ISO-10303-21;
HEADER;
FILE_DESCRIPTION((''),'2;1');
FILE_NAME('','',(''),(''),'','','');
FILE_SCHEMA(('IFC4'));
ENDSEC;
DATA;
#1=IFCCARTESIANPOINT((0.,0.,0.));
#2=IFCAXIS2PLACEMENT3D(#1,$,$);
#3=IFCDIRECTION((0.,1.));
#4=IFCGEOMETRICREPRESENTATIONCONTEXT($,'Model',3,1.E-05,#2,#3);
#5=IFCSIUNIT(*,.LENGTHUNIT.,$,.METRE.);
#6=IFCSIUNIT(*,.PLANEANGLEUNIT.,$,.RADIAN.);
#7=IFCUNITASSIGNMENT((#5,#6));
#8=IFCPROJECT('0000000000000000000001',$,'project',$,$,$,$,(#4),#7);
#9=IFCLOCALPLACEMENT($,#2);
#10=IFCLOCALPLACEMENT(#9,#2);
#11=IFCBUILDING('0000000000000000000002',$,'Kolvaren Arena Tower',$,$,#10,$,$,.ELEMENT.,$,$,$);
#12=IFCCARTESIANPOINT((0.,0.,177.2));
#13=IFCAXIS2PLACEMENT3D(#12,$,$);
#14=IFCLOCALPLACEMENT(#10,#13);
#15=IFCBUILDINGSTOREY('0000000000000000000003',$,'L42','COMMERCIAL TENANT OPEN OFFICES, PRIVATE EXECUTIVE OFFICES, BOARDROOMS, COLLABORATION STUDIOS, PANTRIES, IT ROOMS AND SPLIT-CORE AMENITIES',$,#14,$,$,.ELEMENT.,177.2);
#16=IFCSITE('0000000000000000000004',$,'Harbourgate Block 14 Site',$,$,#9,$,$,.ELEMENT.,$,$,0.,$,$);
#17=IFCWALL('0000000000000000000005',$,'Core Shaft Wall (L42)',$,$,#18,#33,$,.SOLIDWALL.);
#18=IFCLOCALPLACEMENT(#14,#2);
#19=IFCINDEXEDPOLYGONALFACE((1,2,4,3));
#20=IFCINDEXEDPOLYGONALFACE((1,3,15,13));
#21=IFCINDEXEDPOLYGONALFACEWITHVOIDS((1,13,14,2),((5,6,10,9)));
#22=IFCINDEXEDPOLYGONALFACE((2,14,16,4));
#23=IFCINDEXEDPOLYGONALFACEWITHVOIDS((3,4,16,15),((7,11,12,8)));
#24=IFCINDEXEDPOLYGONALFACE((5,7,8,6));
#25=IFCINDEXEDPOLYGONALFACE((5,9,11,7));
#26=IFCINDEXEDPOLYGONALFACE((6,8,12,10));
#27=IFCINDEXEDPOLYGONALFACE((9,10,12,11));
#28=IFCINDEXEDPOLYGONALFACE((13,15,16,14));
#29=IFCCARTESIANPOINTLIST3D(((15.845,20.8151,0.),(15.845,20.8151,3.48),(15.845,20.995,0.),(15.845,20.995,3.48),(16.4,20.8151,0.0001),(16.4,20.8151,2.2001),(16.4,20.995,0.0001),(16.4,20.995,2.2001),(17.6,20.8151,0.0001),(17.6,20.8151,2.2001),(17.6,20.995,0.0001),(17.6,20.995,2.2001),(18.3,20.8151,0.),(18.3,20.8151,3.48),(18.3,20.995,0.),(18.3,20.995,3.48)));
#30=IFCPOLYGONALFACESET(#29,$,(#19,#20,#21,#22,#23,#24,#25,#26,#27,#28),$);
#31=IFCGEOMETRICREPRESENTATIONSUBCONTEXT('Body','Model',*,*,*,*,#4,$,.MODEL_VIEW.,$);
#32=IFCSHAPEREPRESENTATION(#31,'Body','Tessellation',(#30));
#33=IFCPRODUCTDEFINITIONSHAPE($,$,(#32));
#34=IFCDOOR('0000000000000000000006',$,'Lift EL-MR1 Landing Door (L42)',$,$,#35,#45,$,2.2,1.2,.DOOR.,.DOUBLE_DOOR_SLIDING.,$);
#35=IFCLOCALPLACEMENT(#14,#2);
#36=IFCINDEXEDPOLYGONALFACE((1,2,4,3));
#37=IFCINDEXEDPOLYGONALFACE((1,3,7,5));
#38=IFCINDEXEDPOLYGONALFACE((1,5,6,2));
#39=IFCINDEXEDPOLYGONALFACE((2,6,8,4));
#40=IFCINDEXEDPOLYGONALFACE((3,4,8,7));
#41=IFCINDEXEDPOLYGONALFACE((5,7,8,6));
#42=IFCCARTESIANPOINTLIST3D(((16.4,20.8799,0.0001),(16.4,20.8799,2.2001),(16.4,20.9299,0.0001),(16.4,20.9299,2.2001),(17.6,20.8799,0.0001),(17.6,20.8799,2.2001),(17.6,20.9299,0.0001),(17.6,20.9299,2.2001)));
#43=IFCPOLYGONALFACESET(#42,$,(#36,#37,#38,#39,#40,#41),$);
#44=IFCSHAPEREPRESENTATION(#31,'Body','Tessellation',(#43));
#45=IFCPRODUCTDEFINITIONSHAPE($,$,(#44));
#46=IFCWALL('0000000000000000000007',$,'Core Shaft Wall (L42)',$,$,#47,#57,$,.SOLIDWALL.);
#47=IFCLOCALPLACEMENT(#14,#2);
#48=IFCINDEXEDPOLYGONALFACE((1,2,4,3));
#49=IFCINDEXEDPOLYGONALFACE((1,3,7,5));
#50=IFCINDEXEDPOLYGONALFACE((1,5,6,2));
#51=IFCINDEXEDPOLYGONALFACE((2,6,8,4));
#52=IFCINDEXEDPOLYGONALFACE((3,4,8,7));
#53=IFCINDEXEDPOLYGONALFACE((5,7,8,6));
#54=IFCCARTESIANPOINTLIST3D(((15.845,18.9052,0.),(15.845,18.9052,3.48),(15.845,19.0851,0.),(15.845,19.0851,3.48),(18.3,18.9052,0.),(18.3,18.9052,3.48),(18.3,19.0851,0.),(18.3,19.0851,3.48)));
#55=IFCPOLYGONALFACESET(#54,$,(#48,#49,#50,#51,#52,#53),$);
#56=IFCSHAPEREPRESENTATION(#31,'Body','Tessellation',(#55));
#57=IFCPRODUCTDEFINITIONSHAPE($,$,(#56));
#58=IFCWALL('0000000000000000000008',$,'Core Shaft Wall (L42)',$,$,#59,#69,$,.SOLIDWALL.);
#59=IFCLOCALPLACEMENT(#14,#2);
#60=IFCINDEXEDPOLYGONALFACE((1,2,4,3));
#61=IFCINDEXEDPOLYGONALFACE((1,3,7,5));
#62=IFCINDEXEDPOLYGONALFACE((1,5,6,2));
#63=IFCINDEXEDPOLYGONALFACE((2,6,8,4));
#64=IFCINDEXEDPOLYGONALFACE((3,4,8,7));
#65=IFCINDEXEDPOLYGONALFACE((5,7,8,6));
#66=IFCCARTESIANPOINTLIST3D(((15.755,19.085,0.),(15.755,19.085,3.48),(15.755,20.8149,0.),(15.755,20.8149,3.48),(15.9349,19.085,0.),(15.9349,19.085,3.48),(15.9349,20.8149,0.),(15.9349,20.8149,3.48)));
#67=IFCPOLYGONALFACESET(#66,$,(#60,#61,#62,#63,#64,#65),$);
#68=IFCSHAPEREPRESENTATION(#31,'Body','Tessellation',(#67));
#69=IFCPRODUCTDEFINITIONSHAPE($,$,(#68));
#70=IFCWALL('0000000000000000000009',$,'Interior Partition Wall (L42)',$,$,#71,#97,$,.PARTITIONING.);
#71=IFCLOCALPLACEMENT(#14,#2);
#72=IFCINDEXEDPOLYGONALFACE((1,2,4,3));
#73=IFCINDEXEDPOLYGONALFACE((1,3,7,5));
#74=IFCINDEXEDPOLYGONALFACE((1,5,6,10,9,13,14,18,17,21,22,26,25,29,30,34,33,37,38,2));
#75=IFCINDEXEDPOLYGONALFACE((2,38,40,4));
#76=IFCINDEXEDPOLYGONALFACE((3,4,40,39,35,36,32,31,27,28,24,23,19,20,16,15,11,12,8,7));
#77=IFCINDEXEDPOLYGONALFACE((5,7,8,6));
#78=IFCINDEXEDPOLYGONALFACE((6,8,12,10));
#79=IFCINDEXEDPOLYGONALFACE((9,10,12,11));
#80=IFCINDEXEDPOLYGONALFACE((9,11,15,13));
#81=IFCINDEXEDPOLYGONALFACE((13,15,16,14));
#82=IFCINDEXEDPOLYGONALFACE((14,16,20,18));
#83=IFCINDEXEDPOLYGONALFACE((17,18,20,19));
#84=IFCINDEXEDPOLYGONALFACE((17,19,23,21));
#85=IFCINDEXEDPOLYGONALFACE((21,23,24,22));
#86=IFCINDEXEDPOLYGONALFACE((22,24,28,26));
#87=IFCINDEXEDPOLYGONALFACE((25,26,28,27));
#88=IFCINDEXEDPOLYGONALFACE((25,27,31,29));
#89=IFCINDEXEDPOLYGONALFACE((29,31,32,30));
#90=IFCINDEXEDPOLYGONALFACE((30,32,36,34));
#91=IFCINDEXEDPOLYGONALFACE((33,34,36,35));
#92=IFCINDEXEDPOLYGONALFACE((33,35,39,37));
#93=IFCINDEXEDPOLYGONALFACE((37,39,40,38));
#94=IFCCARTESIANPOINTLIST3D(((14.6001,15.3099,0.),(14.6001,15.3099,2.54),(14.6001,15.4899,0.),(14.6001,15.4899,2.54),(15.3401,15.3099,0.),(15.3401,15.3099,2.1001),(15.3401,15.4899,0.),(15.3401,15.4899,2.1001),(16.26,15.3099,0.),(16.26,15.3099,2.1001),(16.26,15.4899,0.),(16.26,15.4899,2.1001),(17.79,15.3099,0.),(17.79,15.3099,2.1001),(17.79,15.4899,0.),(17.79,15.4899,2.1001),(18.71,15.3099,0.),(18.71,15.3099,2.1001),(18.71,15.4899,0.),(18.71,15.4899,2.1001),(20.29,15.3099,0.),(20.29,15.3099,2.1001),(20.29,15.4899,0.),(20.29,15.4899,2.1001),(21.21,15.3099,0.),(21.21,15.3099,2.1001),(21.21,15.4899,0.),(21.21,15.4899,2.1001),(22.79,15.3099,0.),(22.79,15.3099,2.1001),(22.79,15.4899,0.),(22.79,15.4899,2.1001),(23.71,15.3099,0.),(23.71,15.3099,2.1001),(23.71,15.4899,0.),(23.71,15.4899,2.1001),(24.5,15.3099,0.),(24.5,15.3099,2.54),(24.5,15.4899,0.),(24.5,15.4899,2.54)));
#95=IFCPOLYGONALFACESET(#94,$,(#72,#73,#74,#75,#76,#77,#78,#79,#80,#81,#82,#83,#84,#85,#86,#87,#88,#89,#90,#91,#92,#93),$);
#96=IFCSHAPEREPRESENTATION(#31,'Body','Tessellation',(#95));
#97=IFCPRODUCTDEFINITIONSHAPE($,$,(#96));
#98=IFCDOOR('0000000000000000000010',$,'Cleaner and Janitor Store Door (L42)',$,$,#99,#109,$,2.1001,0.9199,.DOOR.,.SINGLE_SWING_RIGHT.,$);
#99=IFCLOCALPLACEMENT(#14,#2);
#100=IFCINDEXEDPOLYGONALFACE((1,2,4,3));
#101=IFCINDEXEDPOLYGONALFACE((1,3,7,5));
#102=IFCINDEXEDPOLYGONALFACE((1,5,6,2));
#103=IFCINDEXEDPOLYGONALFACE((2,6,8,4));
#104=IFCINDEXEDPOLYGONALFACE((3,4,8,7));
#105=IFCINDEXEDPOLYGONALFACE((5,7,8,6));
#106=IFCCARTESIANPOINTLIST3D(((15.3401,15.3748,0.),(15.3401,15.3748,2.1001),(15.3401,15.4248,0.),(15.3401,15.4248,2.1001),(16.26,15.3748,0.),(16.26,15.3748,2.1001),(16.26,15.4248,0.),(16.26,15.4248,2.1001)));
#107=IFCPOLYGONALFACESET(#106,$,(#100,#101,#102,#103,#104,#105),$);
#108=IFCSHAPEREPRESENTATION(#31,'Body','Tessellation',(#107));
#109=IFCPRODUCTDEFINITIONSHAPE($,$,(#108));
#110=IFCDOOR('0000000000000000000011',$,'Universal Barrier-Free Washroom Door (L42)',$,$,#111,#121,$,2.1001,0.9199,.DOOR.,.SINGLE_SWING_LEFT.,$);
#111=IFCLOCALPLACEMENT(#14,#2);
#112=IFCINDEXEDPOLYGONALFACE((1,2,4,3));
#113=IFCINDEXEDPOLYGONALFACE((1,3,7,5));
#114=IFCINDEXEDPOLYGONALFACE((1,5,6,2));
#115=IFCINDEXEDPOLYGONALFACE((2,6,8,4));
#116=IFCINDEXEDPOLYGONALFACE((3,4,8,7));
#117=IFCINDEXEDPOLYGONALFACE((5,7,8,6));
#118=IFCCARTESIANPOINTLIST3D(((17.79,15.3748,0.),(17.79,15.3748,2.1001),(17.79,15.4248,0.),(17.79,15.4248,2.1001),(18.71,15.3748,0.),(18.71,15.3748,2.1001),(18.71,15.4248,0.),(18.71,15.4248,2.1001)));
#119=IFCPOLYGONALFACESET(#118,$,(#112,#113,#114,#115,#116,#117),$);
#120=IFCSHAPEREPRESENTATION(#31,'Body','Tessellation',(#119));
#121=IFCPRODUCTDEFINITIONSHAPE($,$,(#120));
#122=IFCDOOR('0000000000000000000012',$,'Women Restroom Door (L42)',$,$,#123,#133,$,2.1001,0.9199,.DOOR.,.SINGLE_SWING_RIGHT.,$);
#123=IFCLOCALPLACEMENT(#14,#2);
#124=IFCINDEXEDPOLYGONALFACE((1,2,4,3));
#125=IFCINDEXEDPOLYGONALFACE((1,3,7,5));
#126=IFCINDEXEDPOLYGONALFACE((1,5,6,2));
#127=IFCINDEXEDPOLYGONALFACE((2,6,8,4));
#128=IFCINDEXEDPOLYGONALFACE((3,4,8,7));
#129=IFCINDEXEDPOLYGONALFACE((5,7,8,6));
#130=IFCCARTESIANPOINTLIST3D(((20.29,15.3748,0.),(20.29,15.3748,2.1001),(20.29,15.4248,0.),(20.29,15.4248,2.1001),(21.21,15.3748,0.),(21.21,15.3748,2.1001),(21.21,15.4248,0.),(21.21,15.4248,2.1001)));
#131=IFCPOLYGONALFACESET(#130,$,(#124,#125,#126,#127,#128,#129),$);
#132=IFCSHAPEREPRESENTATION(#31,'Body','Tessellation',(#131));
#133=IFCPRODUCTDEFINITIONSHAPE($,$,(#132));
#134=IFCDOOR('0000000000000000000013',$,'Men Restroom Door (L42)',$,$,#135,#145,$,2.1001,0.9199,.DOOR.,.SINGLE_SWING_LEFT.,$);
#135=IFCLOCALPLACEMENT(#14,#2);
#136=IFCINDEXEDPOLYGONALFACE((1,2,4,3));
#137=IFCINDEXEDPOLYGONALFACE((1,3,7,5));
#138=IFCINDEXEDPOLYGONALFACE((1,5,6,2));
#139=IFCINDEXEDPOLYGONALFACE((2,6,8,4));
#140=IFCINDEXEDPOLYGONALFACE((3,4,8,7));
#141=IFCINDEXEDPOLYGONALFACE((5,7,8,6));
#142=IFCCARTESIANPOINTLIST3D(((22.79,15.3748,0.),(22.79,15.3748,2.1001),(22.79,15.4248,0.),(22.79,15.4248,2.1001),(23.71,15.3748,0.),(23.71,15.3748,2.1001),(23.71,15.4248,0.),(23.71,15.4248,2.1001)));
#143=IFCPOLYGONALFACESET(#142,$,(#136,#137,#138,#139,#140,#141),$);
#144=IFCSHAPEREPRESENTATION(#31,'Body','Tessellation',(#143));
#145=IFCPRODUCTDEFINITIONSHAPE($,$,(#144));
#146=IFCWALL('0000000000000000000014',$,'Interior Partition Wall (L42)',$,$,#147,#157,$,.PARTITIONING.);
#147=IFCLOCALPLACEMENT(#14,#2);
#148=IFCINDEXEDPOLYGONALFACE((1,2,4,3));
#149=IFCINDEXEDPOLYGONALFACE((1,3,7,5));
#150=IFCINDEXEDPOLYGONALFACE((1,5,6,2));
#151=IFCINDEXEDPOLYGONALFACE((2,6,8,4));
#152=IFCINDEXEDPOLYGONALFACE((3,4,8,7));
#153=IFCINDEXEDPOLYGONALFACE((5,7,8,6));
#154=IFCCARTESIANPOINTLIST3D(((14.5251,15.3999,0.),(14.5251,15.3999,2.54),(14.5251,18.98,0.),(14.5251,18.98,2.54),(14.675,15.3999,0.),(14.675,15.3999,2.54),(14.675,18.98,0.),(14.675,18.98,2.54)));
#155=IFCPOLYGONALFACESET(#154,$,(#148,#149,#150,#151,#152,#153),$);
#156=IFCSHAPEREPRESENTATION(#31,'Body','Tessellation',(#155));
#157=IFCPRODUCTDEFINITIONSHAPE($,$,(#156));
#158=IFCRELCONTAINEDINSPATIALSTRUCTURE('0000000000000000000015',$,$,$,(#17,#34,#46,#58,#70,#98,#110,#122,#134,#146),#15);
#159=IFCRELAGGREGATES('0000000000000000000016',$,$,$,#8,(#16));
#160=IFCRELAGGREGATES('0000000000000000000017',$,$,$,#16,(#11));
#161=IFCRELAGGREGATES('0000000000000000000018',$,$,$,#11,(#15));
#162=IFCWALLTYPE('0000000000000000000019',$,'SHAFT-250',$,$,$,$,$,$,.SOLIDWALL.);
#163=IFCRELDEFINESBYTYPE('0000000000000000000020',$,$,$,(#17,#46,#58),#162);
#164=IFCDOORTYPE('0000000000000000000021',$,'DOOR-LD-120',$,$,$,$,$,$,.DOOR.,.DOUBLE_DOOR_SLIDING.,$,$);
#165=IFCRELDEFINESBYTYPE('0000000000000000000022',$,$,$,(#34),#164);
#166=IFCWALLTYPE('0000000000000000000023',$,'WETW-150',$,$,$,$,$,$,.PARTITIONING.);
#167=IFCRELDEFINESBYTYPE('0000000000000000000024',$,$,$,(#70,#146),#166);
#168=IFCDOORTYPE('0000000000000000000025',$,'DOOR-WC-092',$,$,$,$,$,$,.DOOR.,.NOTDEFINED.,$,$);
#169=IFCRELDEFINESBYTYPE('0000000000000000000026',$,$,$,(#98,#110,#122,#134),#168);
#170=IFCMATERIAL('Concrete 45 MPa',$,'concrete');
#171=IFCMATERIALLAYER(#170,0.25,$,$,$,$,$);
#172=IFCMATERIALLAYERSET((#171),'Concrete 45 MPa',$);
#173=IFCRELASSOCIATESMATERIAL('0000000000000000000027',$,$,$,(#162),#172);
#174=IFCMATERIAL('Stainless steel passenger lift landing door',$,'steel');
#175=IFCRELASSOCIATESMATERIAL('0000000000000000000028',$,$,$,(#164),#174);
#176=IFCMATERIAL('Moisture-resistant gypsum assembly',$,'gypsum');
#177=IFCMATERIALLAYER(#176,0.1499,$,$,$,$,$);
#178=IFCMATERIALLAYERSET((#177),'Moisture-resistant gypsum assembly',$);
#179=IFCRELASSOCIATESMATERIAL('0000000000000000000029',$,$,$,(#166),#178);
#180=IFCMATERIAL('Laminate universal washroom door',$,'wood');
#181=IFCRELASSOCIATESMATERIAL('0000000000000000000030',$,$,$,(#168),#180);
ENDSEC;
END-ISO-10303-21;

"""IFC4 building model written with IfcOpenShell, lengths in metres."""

from ifc_helpers import new_model, si_unit, direction, frame, frame_2d, origin, place, context, subcontext, project, spatial, rectangle, extrude, material, layer, layer_set, type_object, element, fill, save


model = new_model("IFC4")

# Units and contexts
model_context = context("Model", 3, precision=1e-05, world=origin(), true_north=direction((0.0, 1.0)))
body_context = subcontext(model_context, "Body", "Model", "MODEL_VIEW")
ifc_project = project(units=[si_unit("LENGTHUNIT", "METRE"), si_unit("PLANEANGLEUNIT", "RADIAN")], contexts=[model_context])

# Site, building, storey
site_placement = place(None, origin())
site = spatial("IfcSite", under=ifc_project, at=site_placement, Name="Harbourgate Block 14 Site", CompositionType="ELEMENT", RefElevation=0.0)
building_placement = place(site_placement, origin())
building = spatial("IfcBuilding", under=site, at=building_placement, Name="Kolvaren Arena Tower", CompositionType="ELEMENT")
storey_placement = place(building_placement, frame((0.0, 0.0, 177.2)))
storey = spatial("IfcBuildingStorey", under=building, at=storey_placement, Name="L42", Description="COMMERCIAL TENANT OPEN OFFICES, PRIVATE EXECUTIVE OFFICES, BOARDROOMS, COLLABORATION STUDIOS, PANTRIES, IT ROOMS AND SPLIT-CORE AMENITIES", CompositionType="ELEMENT", Elevation=177.2)

# Wall, opening, door
ifc_material_1 = material(Name="Concrete 45 MPa", Category="concrete")
ifc_layer_1 = layer(ifc_material_1, 0.25)
ifc_layer_set_1 = layer_set([ifc_layer_1], Name="Concrete 45 MPa")
wall_type_1 = type_object("IfcWallType", Name="SHAFT-250", PredefinedType="SOLIDWALL", material=ifc_layer_set_1)
wall_1_placement = place(storey_placement, frame((15.845, 20.905, 0.0), z_axis=(0.0, 0.0, 1.0), x_axis=(1.0, 0.0, 0.0)))
wall_1 = element("IfcWall", 1, at=wall_1_placement, inside=storey, type_object=wall_type_1, Name="Core Shaft Wall (L42)", PredefinedType="SOLIDWALL", context=body_context, shape_type="SweptSolid", body=[
    extrude(rectangle(XDim=2.4551, YDim=0.1799, at=frame_2d((1.2275, 0.0))), origin(), (0.0, 0.0, 1.0), 3.48),
])
opening_1_placement = place(wall_1_placement, frame((0.5549, 0.0, 0.0)))
opening_1 = element("IfcOpeningElement", 2, at=opening_1_placement, cuts=wall_1, PredefinedType="OPENING", context=body_context, shape_type="SweptSolid", body=[
    extrude(rectangle(XDim=1.2, YDim=2.2, at=frame_2d((0.6001, 1.1001))), frame((0.0, 0.0999, 0.0), z_axis=(0.0, -1.0, 0.0), x_axis=(1.0, 0.0, 0.0)), (0.0, 0.0, 1.0), 0.2),
])
ifc_material_2 = material(Name="Stainless steel passenger lift landing door", Category="steel")
door_type_1 = type_object("IfcDoorType", Name="DOOR-LD-120", OperationType="DOUBLE_DOOR_SLIDING", PredefinedType="DOOR", material=ifc_material_2)
door_1_placement = place(opening_1_placement, origin())
door_1 = element("IfcDoor", 3, at=door_1_placement, inside=storey, type_object=door_type_1, Name="Lift EL-MR1 Landing Door (L42)", OperationType="DOUBLE_DOOR_SLIDING", OverallHeight=2.2, OverallWidth=1.2, PredefinedType="DOOR", context=body_context, shape_type="SweptSolid", body=[
    extrude(rectangle(XDim=1.2, YDim=2.2, at=frame_2d((0.6001, 1.1001))), frame((0.0, 0.0249, 0.0), z_axis=(0.0, -1.0, 0.0), x_axis=(1.0, 0.0, 0.0)), (0.0, 0.0, 1.0), 0.05),
])
fill(opening_1, door_1)

# Walls
wall_2_placement = place(storey_placement, frame((15.845, 18.9951, 0.0), z_axis=(0.0, 0.0, 1.0), x_axis=(1.0, 0.0, 0.0)))
element("IfcWall", 4, at=wall_2_placement, inside=storey, type_object=wall_type_1, Name="Core Shaft Wall (L42)", PredefinedType="SOLIDWALL", context=body_context, shape_type="SweptSolid", body=[
    extrude(rectangle(XDim=2.4551, YDim=0.1799, at=frame_2d((1.2275, 0.0))), origin(), (0.0, 0.0, 1.0), 3.48),
])
wall_3_placement = place(storey_placement, frame((15.845, 19.085, 0.0), z_axis=(0.0, 0.0, 1.0), x_axis=(0.0, 1.0, 0.0)))
element("IfcWall", 5, at=wall_3_placement, inside=storey, type_object=wall_type_1, Name="Core Shaft Wall (L42)", PredefinedType="SOLIDWALL", context=body_context, shape_type="SweptSolid", body=[
    extrude(rectangle(XDim=1.73, YDim=0.1799, at=frame_2d((0.865, 0.0))), origin(), (0.0, 0.0, 1.0), 3.48),
])

# Wall, openings, doors
ifc_material_3 = material(Name="Moisture-resistant gypsum assembly", Category="gypsum")
ifc_layer_2 = layer(ifc_material_3, 0.1499)
ifc_layer_set_2 = layer_set([ifc_layer_2], Name="Moisture-resistant gypsum assembly")
wall_type_2 = type_object("IfcWallType", Name="WETW-150", PredefinedType="PARTITIONING", material=ifc_layer_set_2)
wall_4_placement = place(storey_placement, frame((14.6001, 15.3999, 0.0), z_axis=(0.0, 0.0, 1.0), x_axis=(1.0, 0.0, 0.0)))
wall_4 = element("IfcWall", 6, at=wall_4_placement, inside=storey, type_object=wall_type_2, Name="Interior Partition Wall (L42)", PredefinedType="PARTITIONING", context=body_context, shape_type="SweptSolid", body=[
    extrude(rectangle(XDim=9.8999, YDim=0.1799, at=frame_2d((4.95, 0.0))), origin(), (0.0, 0.0, 1.0), 2.54),
])
opening_2_placement = place(wall_4_placement, frame((0.74, 0.0, 0.0)))
opening_2 = element("IfcOpeningElement", 7, at=opening_2_placement, cuts=wall_4, PredefinedType="OPENING", context=body_context, shape_type="SweptSolid", body=[
    extrude(rectangle(XDim=0.9199, YDim=2.1001, at=frame_2d((0.46, 1.05))), frame((0.0, 0.0999, 0.0), z_axis=(0.0, -1.0, 0.0), x_axis=(1.0, 0.0, 0.0)), (0.0, 0.0, 1.0), 0.2),
])
opening_3_placement = place(wall_4_placement, frame((3.1899, 0.0, 0.0)))
opening_3 = element("IfcOpeningElement", 8, at=opening_3_placement, cuts=wall_4, PredefinedType="OPENING", context=body_context, shape_type="SweptSolid", body=[
    extrude(rectangle(XDim=0.9199, YDim=2.1001, at=frame_2d((0.46, 1.05))), frame((0.0, 0.0999, 0.0), z_axis=(0.0, -1.0, 0.0), x_axis=(1.0, 0.0, 0.0)), (0.0, 0.0, 1.0), 0.2),
])
opening_4_placement = place(wall_4_placement, frame((5.6899, 0.0, 0.0)))
opening_4 = element("IfcOpeningElement", 9, at=opening_4_placement, cuts=wall_4, PredefinedType="OPENING", context=body_context, shape_type="SweptSolid", body=[
    extrude(rectangle(XDim=0.9199, YDim=2.1001, at=frame_2d((0.46, 1.05))), frame((0.0, 0.0999, 0.0), z_axis=(0.0, -1.0, 0.0), x_axis=(1.0, 0.0, 0.0)), (0.0, 0.0, 1.0), 0.2),
])
opening_5_placement = place(wall_4_placement, frame((8.1899, 0.0, 0.0)))
opening_5 = element("IfcOpeningElement", 10, at=opening_5_placement, cuts=wall_4, PredefinedType="OPENING", context=body_context, shape_type="SweptSolid", body=[
    extrude(rectangle(XDim=0.9199, YDim=2.1001, at=frame_2d((0.46, 1.05))), frame((0.0, 0.0999, 0.0), z_axis=(0.0, -1.0, 0.0), x_axis=(1.0, 0.0, 0.0)), (0.0, 0.0, 1.0), 0.2),
])
ifc_material_4 = material(Name="Laminate universal washroom door", Category="wood")
door_type_2 = type_object("IfcDoorType", Name="DOOR-WC-092", OperationType="NOTDEFINED", PredefinedType="DOOR", material=ifc_material_4)
door_2_placement = place(opening_2_placement, origin())
door_2 = element("IfcDoor", 11, at=door_2_placement, inside=storey, type_object=door_type_2, Name="Cleaner and Janitor Store Door (L42)", OperationType="SINGLE_SWING_RIGHT", OverallHeight=2.1001, OverallWidth=0.9199, PredefinedType="DOOR", context=body_context, shape_type="SweptSolid", body=[
    extrude(rectangle(XDim=0.9199, YDim=2.1001, at=frame_2d((0.46, 1.05))), frame((0.0, 0.0249, 0.0), z_axis=(0.0, -1.0, 0.0), x_axis=(1.0, 0.0, 0.0)), (0.0, 0.0, 1.0), 0.05),
])
fill(opening_2, door_2)
door_3_placement = place(opening_3_placement, origin())
door_3 = element("IfcDoor", 12, at=door_3_placement, inside=storey, type_object=door_type_2, Name="Universal Barrier-Free Washroom Door (L42)", OperationType="SINGLE_SWING_LEFT", OverallHeight=2.1001, OverallWidth=0.9199, PredefinedType="DOOR", context=body_context, shape_type="SweptSolid", body=[
    extrude(rectangle(XDim=0.9199, YDim=2.1001, at=frame_2d((0.46, 1.05))), frame((0.0, 0.0249, 0.0), z_axis=(0.0, -1.0, 0.0), x_axis=(1.0, 0.0, 0.0)), (0.0, 0.0, 1.0), 0.05),
])
fill(opening_3, door_3)
door_4_placement = place(opening_4_placement, origin())
door_4 = element("IfcDoor", 13, at=door_4_placement, inside=storey, type_object=door_type_2, Name="Women Restroom Door (L42)", OperationType="SINGLE_SWING_RIGHT", OverallHeight=2.1001, OverallWidth=0.9199, PredefinedType="DOOR", context=body_context, shape_type="SweptSolid", body=[
    extrude(rectangle(XDim=0.9199, YDim=2.1001, at=frame_2d((0.46, 1.05))), frame((0.0, 0.0249, 0.0), z_axis=(0.0, -1.0, 0.0), x_axis=(1.0, 0.0, 0.0)), (0.0, 0.0, 1.0), 0.05),
])
fill(opening_4, door_4)
door_5_placement = place(opening_5_placement, origin())
door_5 = element("IfcDoor", 14, at=door_5_placement, inside=storey, type_object=door_type_2, Name="Men Restroom Door (L42)", OperationType="SINGLE_SWING_LEFT", OverallHeight=2.1001, OverallWidth=0.9199, PredefinedType="DOOR", context=body_context, shape_type="SweptSolid", body=[
    extrude(rectangle(XDim=0.9199, YDim=2.1001, at=frame_2d((0.46, 1.05))), frame((0.0, 0.0249, 0.0), z_axis=(0.0, -1.0, 0.0), x_axis=(1.0, 0.0, 0.0)), (0.0, 0.0, 1.0), 0.05),
])
fill(opening_5, door_5)

# Wall
wall_5_placement = place(storey_placement, frame((14.6001, 15.3999, 0.0), z_axis=(0.0, 0.0, 1.0), x_axis=(0.0, 1.0, 0.0)))
element("IfcWall", 15, at=wall_5_placement, inside=storey, type_object=wall_type_2, Name="Interior Partition Wall (L42)", PredefinedType="PARTITIONING", context=body_context, shape_type="SweptSolid", body=[
    extrude(rectangle(XDim=3.5801, YDim=0.1499, at=frame_2d((1.79, 0.0))), origin(), (0.0, 0.0, 1.0), 2.54),
])

save(model, "model.ifc")
